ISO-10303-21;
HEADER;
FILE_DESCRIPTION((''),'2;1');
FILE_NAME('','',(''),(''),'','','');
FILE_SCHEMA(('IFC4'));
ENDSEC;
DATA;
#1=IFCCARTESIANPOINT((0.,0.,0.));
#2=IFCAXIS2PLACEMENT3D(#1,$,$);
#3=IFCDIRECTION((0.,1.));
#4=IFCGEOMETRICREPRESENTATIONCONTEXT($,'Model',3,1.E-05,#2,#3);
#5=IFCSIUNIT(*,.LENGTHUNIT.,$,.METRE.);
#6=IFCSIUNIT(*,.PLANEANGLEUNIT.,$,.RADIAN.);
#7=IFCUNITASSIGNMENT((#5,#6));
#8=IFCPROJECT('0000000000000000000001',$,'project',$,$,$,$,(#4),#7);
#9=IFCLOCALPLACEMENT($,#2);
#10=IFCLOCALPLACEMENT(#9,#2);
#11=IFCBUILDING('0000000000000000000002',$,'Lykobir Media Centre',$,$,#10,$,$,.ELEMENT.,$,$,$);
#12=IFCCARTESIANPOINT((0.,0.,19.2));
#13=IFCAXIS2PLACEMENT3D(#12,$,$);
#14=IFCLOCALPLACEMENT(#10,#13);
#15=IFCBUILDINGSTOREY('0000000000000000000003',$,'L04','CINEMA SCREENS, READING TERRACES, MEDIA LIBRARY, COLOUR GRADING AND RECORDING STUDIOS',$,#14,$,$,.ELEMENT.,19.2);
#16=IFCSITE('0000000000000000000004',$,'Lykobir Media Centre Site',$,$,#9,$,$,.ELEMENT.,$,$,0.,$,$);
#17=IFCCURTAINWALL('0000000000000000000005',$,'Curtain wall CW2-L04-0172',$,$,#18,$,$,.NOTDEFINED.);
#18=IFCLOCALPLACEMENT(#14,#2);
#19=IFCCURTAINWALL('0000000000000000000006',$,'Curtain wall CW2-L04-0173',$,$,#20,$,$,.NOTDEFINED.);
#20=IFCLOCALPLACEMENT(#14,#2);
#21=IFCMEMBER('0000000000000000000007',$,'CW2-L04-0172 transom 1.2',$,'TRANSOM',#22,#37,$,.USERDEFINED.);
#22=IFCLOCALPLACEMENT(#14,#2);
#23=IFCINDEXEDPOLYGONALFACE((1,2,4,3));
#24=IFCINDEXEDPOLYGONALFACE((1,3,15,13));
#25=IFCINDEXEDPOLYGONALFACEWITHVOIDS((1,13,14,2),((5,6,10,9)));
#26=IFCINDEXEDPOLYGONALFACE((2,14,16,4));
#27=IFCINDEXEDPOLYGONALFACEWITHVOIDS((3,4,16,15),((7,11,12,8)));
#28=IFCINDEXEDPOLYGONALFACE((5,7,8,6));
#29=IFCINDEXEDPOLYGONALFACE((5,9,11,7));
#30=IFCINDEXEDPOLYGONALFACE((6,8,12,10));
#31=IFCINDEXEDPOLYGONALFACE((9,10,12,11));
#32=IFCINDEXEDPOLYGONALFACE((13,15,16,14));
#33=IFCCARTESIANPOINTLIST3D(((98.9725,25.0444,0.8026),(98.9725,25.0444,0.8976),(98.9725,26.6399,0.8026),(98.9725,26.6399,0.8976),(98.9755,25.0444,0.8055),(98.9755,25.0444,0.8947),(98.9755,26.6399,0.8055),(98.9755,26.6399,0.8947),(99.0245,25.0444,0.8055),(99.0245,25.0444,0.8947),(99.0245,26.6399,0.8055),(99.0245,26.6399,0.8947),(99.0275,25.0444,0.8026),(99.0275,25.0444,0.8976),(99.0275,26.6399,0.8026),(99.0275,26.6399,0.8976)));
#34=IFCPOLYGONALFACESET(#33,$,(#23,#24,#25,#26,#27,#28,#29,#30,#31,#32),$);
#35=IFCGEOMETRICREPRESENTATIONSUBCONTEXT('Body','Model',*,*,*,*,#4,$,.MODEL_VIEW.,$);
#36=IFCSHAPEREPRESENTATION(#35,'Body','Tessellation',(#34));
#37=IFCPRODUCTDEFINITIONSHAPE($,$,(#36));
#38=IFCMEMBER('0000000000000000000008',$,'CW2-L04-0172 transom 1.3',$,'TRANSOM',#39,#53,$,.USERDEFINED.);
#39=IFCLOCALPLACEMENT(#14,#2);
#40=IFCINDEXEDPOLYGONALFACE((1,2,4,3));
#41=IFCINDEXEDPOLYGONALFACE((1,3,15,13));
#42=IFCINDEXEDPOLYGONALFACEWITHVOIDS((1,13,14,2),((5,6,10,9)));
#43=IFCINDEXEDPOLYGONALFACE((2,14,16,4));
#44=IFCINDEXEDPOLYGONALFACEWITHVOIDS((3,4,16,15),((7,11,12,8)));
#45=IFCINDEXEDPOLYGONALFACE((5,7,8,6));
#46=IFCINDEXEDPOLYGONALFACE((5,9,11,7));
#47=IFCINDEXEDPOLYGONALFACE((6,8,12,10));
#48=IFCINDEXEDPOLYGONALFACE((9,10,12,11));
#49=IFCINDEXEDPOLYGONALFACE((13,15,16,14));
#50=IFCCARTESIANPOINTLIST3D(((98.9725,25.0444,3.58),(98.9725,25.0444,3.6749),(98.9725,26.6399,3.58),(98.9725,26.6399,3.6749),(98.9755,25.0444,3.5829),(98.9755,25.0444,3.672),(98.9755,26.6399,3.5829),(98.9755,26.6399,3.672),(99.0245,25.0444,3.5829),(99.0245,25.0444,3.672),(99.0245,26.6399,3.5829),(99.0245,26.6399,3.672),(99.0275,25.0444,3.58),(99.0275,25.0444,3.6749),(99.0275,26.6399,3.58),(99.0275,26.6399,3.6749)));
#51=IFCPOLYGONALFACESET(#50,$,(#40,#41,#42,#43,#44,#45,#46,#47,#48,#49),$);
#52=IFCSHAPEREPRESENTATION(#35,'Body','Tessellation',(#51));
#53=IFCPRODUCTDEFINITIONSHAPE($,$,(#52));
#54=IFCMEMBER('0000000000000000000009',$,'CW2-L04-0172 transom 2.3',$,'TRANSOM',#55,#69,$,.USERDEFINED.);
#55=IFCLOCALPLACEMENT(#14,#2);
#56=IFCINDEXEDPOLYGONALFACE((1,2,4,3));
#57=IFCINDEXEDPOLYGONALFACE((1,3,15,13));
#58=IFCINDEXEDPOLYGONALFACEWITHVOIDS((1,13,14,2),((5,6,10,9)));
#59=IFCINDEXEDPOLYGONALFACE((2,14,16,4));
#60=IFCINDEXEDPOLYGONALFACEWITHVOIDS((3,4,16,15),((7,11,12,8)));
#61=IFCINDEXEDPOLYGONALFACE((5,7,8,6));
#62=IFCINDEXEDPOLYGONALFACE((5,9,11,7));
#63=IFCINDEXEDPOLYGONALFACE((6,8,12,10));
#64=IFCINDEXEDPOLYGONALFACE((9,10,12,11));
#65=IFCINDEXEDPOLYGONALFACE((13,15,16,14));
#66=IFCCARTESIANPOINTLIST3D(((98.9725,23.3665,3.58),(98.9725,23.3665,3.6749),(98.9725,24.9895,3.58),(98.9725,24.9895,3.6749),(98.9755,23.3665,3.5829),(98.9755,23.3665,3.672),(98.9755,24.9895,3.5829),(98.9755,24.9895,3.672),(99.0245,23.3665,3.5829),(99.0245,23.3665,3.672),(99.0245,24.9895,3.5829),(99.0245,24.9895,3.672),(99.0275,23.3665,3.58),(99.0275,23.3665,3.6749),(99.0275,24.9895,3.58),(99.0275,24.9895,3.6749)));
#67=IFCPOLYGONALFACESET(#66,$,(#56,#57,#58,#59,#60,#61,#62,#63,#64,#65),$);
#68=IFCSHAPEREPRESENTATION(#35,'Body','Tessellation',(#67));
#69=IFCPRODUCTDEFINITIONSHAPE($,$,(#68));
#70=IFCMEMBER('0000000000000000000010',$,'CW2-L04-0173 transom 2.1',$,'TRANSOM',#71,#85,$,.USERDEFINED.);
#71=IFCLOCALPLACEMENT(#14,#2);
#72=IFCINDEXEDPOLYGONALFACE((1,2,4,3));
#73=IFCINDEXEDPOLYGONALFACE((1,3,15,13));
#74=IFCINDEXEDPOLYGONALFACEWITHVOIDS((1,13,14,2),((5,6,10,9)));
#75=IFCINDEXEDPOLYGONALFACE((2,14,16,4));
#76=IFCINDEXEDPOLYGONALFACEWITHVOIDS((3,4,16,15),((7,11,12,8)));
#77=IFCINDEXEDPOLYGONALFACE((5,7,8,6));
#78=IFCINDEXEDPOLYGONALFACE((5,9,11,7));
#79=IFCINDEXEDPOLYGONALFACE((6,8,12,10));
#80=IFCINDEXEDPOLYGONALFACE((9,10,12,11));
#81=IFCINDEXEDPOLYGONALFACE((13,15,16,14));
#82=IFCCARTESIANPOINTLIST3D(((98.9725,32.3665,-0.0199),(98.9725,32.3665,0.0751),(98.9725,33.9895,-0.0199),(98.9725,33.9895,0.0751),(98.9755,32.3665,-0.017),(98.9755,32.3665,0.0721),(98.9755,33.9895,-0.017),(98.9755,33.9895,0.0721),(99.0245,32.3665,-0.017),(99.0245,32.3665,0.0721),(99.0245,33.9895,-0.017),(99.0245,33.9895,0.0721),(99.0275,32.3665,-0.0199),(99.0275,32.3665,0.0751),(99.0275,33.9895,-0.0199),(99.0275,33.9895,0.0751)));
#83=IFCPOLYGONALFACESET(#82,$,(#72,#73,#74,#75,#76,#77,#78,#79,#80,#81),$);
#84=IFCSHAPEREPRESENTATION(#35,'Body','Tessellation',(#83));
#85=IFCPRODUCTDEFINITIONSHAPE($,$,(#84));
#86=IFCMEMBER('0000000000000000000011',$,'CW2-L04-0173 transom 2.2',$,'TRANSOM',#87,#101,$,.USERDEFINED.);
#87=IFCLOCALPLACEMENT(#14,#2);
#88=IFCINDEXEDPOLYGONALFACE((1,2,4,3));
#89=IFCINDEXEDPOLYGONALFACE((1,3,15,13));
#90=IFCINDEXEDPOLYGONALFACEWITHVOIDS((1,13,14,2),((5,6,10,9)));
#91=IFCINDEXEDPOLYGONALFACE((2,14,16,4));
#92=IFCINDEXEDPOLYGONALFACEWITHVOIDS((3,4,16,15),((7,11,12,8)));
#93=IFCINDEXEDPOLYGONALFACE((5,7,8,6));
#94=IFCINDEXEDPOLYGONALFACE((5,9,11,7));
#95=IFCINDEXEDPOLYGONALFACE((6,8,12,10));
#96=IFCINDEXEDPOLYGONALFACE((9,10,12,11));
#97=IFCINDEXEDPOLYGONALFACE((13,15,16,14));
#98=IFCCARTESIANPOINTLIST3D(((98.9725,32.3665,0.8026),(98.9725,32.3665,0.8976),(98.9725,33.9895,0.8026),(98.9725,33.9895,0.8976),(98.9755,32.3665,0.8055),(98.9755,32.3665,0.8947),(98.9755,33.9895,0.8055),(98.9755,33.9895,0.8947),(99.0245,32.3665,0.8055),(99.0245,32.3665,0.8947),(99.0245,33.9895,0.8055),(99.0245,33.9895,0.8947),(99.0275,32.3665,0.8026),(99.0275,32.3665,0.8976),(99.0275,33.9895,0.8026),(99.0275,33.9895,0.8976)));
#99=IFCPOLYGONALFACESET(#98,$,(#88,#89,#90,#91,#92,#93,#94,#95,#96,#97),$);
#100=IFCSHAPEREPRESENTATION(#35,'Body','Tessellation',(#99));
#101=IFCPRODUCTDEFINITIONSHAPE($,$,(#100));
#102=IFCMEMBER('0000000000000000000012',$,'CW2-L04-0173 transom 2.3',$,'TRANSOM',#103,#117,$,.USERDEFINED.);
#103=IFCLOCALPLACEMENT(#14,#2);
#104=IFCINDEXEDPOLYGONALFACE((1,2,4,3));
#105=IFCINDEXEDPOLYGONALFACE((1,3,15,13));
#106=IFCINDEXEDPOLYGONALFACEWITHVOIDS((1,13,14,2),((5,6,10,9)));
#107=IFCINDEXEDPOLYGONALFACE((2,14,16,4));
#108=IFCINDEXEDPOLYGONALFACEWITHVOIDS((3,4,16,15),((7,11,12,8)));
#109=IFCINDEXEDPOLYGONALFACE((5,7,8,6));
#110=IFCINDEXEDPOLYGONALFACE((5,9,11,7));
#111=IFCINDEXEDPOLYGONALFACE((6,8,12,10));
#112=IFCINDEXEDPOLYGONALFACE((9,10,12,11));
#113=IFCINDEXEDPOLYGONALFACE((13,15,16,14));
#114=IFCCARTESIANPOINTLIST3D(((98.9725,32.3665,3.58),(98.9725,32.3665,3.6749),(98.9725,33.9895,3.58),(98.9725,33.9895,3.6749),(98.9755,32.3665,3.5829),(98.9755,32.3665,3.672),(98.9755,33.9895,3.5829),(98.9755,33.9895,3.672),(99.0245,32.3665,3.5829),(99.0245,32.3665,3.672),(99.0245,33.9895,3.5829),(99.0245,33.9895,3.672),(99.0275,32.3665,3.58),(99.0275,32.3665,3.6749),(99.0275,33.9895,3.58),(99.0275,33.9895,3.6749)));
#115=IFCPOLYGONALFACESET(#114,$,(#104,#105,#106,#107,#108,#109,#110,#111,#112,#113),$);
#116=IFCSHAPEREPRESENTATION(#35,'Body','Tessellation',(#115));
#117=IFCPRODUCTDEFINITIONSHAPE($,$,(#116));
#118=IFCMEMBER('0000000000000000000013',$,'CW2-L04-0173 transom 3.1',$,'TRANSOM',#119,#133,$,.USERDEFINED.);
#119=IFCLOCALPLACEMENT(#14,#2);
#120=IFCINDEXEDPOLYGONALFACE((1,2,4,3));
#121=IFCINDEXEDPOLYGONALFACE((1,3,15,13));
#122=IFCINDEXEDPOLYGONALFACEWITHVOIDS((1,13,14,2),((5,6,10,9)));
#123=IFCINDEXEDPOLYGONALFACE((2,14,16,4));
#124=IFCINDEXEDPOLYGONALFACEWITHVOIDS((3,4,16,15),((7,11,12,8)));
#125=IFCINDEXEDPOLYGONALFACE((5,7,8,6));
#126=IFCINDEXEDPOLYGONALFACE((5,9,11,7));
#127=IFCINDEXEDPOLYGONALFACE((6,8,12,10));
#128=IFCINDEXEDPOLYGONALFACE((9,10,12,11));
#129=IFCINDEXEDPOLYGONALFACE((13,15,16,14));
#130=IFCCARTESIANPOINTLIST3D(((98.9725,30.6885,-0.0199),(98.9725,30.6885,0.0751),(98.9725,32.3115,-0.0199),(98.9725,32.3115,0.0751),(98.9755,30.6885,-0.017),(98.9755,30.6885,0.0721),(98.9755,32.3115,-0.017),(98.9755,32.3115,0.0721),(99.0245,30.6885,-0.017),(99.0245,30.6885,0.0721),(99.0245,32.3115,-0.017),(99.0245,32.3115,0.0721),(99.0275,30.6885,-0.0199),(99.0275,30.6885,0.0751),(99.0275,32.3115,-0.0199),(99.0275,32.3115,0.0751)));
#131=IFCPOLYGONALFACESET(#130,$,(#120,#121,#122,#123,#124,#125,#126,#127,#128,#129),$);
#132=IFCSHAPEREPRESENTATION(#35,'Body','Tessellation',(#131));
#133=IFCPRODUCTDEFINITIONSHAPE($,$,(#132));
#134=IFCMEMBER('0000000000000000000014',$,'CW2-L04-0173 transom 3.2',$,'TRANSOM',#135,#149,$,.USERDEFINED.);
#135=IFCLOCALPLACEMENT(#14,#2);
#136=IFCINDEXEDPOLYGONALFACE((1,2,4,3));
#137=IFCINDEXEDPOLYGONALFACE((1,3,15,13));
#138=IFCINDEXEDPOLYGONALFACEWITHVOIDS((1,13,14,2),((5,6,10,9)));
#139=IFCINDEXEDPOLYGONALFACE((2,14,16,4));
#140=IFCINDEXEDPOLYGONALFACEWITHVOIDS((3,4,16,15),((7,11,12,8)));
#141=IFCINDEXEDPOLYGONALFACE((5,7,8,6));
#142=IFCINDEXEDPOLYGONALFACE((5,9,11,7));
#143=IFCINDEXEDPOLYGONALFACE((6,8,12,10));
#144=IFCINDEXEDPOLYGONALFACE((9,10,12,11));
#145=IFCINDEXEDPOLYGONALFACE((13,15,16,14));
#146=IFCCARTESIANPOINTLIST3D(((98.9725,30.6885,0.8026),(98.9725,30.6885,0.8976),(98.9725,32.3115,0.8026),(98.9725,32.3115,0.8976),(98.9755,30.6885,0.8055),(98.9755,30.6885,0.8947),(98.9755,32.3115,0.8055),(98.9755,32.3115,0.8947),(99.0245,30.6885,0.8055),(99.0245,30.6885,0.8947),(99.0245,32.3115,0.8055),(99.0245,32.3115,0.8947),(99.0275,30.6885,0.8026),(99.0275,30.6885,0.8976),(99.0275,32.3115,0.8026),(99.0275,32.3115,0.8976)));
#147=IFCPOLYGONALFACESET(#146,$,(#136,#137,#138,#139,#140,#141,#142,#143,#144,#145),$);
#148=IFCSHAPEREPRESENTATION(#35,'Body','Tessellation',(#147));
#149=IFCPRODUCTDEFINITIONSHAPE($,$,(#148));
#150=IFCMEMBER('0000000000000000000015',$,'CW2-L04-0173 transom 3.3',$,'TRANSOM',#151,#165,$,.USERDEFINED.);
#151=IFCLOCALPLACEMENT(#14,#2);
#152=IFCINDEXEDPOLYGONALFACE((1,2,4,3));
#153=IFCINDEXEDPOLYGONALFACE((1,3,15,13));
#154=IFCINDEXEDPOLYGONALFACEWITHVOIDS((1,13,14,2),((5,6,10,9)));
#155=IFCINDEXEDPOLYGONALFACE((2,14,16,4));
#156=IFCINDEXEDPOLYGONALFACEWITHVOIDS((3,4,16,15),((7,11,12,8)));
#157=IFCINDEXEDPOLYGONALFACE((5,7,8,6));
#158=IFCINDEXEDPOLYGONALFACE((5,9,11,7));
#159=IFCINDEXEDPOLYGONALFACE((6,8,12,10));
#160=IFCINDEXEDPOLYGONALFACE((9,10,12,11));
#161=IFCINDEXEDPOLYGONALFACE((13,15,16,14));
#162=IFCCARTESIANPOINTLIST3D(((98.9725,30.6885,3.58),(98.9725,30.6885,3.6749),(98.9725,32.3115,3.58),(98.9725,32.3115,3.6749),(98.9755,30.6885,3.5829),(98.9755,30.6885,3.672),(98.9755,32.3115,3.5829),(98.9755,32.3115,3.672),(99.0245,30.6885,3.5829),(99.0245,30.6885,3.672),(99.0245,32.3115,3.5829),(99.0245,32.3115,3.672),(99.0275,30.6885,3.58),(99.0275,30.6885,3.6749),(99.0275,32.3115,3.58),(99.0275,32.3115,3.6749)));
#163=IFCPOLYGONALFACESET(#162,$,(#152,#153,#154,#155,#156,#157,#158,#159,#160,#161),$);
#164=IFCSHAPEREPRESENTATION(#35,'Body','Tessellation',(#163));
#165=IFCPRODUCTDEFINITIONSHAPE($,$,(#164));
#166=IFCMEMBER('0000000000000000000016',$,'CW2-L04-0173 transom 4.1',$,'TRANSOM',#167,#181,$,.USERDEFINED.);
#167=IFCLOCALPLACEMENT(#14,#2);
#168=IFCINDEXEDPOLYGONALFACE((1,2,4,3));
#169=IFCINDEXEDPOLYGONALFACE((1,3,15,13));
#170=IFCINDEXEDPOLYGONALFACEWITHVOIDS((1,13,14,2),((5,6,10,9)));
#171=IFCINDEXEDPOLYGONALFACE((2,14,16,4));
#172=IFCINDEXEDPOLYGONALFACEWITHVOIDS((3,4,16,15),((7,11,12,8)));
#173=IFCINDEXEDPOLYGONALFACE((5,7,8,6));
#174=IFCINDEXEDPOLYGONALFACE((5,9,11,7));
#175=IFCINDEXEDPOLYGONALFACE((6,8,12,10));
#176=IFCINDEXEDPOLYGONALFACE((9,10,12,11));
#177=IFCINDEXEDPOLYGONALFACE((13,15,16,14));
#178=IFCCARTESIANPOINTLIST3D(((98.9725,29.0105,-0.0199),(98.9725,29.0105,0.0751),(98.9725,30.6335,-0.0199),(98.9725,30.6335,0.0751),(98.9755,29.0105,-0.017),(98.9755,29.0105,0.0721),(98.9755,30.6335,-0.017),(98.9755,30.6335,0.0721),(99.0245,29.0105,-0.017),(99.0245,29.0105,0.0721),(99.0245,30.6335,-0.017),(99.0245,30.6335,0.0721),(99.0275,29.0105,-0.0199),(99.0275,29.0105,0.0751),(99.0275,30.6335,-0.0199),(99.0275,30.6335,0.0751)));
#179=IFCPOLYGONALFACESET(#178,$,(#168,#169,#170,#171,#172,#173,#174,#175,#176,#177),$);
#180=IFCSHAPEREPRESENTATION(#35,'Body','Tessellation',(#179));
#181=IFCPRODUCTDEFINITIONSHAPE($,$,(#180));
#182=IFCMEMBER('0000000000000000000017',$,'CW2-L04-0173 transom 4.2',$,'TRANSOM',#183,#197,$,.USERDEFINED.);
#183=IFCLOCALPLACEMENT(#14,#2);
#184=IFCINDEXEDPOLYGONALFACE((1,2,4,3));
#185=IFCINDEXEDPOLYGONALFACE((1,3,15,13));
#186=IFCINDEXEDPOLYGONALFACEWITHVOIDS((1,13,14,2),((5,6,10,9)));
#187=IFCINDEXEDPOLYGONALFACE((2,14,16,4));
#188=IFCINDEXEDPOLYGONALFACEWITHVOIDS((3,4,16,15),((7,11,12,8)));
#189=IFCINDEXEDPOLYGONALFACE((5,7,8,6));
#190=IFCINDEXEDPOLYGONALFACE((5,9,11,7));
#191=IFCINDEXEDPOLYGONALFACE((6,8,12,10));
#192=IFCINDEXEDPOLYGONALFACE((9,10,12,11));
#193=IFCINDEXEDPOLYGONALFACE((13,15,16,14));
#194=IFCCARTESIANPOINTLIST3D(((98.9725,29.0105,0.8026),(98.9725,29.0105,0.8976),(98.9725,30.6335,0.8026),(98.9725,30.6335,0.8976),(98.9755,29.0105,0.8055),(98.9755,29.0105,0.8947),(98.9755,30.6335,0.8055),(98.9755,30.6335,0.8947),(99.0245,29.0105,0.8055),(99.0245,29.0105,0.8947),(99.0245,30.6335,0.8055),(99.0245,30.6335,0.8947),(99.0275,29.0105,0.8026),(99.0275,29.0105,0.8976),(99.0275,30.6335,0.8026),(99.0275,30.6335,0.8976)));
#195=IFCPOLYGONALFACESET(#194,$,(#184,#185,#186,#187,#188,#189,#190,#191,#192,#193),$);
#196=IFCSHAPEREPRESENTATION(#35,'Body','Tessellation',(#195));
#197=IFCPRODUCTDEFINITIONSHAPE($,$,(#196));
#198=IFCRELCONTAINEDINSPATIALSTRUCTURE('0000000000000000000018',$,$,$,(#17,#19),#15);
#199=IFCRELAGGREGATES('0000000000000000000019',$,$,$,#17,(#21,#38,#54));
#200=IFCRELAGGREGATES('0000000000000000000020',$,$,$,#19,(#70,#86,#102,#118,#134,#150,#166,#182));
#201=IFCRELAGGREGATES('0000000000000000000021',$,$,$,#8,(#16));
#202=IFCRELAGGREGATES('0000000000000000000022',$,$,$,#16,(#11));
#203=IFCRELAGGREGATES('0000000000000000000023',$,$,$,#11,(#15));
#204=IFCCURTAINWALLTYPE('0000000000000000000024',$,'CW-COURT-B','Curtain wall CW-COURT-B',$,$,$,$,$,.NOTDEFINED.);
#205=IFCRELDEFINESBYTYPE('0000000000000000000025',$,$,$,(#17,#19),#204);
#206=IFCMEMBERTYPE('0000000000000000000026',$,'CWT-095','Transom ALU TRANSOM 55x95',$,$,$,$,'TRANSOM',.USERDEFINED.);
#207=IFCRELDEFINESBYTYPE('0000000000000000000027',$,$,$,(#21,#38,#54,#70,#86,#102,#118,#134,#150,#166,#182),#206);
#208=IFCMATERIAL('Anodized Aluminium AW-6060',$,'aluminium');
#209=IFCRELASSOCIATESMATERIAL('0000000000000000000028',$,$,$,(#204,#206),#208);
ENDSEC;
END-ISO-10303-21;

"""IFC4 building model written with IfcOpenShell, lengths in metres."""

from ifc_helpers import new_model, si_unit, direction, frame, origin, origin_2d, place, context, subcontext, project, spatial, hollow_rectangle, extrude, material, material_profile, profile_set, type_object, element, aggregate, save


model = new_model("IFC4")

# Units and contexts
model_context = context("Model", 3, precision=1e-05, world=origin(), true_north=direction((0.0, 1.0)))
body_context = subcontext(model_context, "Body", "Model", "MODEL_VIEW")
ifc_project = project(units=[si_unit("LENGTHUNIT", "METRE"), si_unit("PLANEANGLEUNIT", "RADIAN")], contexts=[model_context])

# Site, building, storey
site_placement = place(None, origin())
site = spatial("IfcSite", under=ifc_project, at=site_placement, Name="Lykobir Media Centre Site", CompositionType="ELEMENT", RefElevation=0.0)
building_placement = place(site_placement, origin())
building = spatial("IfcBuilding", under=site, at=building_placement, Name="Lykobir Media Centre", CompositionType="ELEMENT")
storey_placement = place(building_placement, frame((0.0, 0.0, 19.2)))
storey = spatial("IfcBuildingStorey", under=building, at=storey_placement, Name="L04", Description="CINEMA SCREENS, READING TERRACES, MEDIA LIBRARY, COLOUR GRADING AND RECORDING STUDIOS", CompositionType="ELEMENT", Elevation=19.2)

# Curtain walls
ifc_material_1 = material(Name="Anodized Aluminium AW-6060", Category="aluminium")
curtain_wall_type = type_object("IfcCurtainWallType", Name="CW-COURT-B", Description="Curtain wall CW-COURT-B", PredefinedType="NOTDEFINED", material=ifc_material_1)
curtain_wall_1_placement = place(storey_placement, origin())
curtain_wall_1 = element("IfcCurtainWall", 1, at=curtain_wall_1_placement, inside=storey, type_object=curtain_wall_type, Name="Curtain wall CW2-L04-0172", PredefinedType="NOTDEFINED")
curtain_wall_2_placement = place(storey_placement, origin())
curtain_wall_2 = element("IfcCurtainWall", 2, at=curtain_wall_2_placement, inside=storey, type_object=curtain_wall_type, Name="Curtain wall CW2-L04-0173", PredefinedType="NOTDEFINED")

# Members
ifc_material_profile_1 = material_profile(ifc_material_1, hollow_rectangle(XDim=0.0549, YDim=0.095, WallThickness=0.0029, at=origin_2d()), Name="ALU TRANSOM 55x95")
ifc_profile_set_1 = profile_set([ifc_material_profile_1], Name="Anodized Aluminium AW-6060")
member_type_1 = type_object("IfcMemberType", Name="CWT-095", Description="Transom ALU TRANSOM 55x95", ElementType="TRANSOM", PredefinedType="USERDEFINED", material=ifc_profile_set_1)
member_1_placement = place(storey_placement, frame((99.0, 26.6399, 0.8501), z_axis=(0.0, -1.0, 0.0), x_axis=(1.0, 0.0, 0.0)))
member_1 = element("IfcMember", 3, at=member_1_placement, type_object=member_type_1, Name="CW2-L04-0172 transom 1.2", ObjectType="TRANSOM", PredefinedType="USERDEFINED", context=body_context, shape_type="SweptSolid", body=[
    extrude(hollow_rectangle(XDim=0.0549, YDim=0.095, WallThickness=0.0029, at=origin_2d()), origin(), (0.0, 0.0, 1.0), 1.5955),
])
member_2_placement = place(storey_placement, frame((99.0, 26.6399, 3.6274), z_axis=(0.0, -1.0, 0.0), x_axis=(1.0, 0.0, 0.0)))
member_2 = element("IfcMember", 4, at=member_2_placement, type_object=member_type_1, Name="CW2-L04-0172 transom 1.3", ObjectType="TRANSOM", PredefinedType="USERDEFINED", context=body_context, shape_type="SweptSolid", body=[
    extrude(hollow_rectangle(XDim=0.0549, YDim=0.095, WallThickness=0.0029, at=origin_2d()), origin(), (0.0, 0.0, 1.0), 1.5955),
])
member_3_placement = place(storey_placement, frame((99.0, 24.9895, 3.6274), z_axis=(0.0, -1.0, 0.0), x_axis=(1.0, 0.0, 0.0)))
member_3 = element("IfcMember", 5, at=member_3_placement, type_object=member_type_1, Name="CW2-L04-0172 transom 2.3", ObjectType="TRANSOM", PredefinedType="USERDEFINED", context=body_context, shape_type="SweptSolid", body=[
    extrude(hollow_rectangle(XDim=0.0549, YDim=0.095, WallThickness=0.0029, at=origin_2d()), origin(), (0.0, 0.0, 1.0), 1.623),
])
member_4_placement = place(storey_placement, frame((99.0, 33.9895, 0.0276), z_axis=(0.0, -1.0, 0.0), x_axis=(1.0, 0.0, 0.0)))
member_4 = element("IfcMember", 6, at=member_4_placement, type_object=member_type_1, Name="CW2-L04-0173 transom 2.1", ObjectType="TRANSOM", PredefinedType="USERDEFINED", context=body_context, shape_type="SweptSolid", body=[
    extrude(hollow_rectangle(XDim=0.0549, YDim=0.095, WallThickness=0.0029, at=origin_2d()), origin(), (0.0, 0.0, 1.0), 1.623),
])
member_5_placement = place(storey_placement, frame((99.0, 33.9895, 0.8501), z_axis=(0.0, -1.0, 0.0), x_axis=(1.0, 0.0, 0.0)))
member_5 = element("IfcMember", 7, at=member_5_placement, type_object=member_type_1, Name="CW2-L04-0173 transom 2.2", ObjectType="TRANSOM", PredefinedType="USERDEFINED", context=body_context, shape_type="SweptSolid", body=[
    extrude(hollow_rectangle(XDim=0.0549, YDim=0.095, WallThickness=0.0029, at=origin_2d()), origin(), (0.0, 0.0, 1.0), 1.623),
])
member_6_placement = place(storey_placement, frame((99.0, 33.9895, 3.6274), z_axis=(0.0, -1.0, 0.0), x_axis=(1.0, 0.0, 0.0)))
member_6 = element("IfcMember", 8, at=member_6_placement, type_object=member_type_1, Name="CW2-L04-0173 transom 2.3", ObjectType="TRANSOM", PredefinedType="USERDEFINED", context=body_context, shape_type="SweptSolid", body=[
    extrude(hollow_rectangle(XDim=0.0549, YDim=0.095, WallThickness=0.0029, at=origin_2d()), origin(), (0.0, 0.0, 1.0), 1.623),
])
member_7_placement = place(storey_placement, frame((99.0, 32.3115, 0.0276), z_axis=(0.0, -1.0, 0.0), x_axis=(1.0, 0.0, 0.0)))
member_7 = element("IfcMember", 9, at=member_7_placement, type_object=member_type_1, Name="CW2-L04-0173 transom 3.1", ObjectType="TRANSOM", PredefinedType="USERDEFINED", context=body_context, shape_type="SweptSolid", body=[
    extrude(hollow_rectangle(XDim=0.0549, YDim=0.095, WallThickness=0.0029, at=origin_2d()), origin(), (0.0, 0.0, 1.0), 1.623),
])
member_8_placement = place(storey_placement, frame((99.0, 32.3115, 0.8501), z_axis=(0.0, -1.0, 0.0), x_axis=(1.0, 0.0, 0.0)))
member_8 = element("IfcMember", 10, at=member_8_placement, type_object=member_type_1, Name="CW2-L04-0173 transom 3.2", ObjectType="TRANSOM", PredefinedType="USERDEFINED", context=body_context, shape_type="SweptSolid", body=[
    extrude(hollow_rectangle(XDim=0.0549, YDim=0.095, WallThickness=0.0029, at=origin_2d()), origin(), (0.0, 0.0, 1.0), 1.623),
])
member_9_placement = place(storey_placement, frame((99.0, 32.3115, 3.6274), z_axis=(0.0, -1.0, 0.0), x_axis=(1.0, 0.0, 0.0)))
member_9 = element("IfcMember", 11, at=member_9_placement, type_object=member_type_1, Name="CW2-L04-0173 transom 3.3", ObjectType="TRANSOM", PredefinedType="USERDEFINED", context=body_context, shape_type="SweptSolid", body=[
    extrude(hollow_rectangle(XDim=0.0549, YDim=0.095, WallThickness=0.0029, at=origin_2d()), origin(), (0.0, 0.0, 1.0), 1.623),
])
member_10_placement = place(storey_placement, frame((99.0, 30.6335, 0.0276), z_axis=(0.0, -1.0, 0.0), x_axis=(1.0, 0.0, 0.0)))
member_10 = element("IfcMember", 12, at=member_10_placement, type_object=member_type_1, Name="CW2-L04-0173 transom 4.1", ObjectType="TRANSOM", PredefinedType="USERDEFINED", context=body_context, shape_type="SweptSolid", body=[
    extrude(hollow_rectangle(XDim=0.0549, YDim=0.095, WallThickness=0.0029, at=origin_2d()), origin(), (0.0, 0.0, 1.0), 1.623),
])
member_11_placement = place(storey_placement, frame((99.0, 30.6335, 0.8501), z_axis=(0.0, -1.0, 0.0), x_axis=(1.0, 0.0, 0.0)))
member_11 = element("IfcMember", 13, at=member_11_placement, type_object=member_type_1, Name="CW2-L04-0173 transom 4.2", ObjectType="TRANSOM", PredefinedType="USERDEFINED", context=body_context, shape_type="SweptSolid", body=[
    extrude(hollow_rectangle(XDim=0.0549, YDim=0.095, WallThickness=0.0029, at=origin_2d()), origin(), (0.0, 0.0, 1.0), 1.623),
])

aggregate(curtain_wall_1, [member_1, member_2, member_3])
aggregate(curtain_wall_2, [member_4, member_5, member_6, member_7, member_8, member_9, member_10, member_11])

save(model, "model.ifc")
